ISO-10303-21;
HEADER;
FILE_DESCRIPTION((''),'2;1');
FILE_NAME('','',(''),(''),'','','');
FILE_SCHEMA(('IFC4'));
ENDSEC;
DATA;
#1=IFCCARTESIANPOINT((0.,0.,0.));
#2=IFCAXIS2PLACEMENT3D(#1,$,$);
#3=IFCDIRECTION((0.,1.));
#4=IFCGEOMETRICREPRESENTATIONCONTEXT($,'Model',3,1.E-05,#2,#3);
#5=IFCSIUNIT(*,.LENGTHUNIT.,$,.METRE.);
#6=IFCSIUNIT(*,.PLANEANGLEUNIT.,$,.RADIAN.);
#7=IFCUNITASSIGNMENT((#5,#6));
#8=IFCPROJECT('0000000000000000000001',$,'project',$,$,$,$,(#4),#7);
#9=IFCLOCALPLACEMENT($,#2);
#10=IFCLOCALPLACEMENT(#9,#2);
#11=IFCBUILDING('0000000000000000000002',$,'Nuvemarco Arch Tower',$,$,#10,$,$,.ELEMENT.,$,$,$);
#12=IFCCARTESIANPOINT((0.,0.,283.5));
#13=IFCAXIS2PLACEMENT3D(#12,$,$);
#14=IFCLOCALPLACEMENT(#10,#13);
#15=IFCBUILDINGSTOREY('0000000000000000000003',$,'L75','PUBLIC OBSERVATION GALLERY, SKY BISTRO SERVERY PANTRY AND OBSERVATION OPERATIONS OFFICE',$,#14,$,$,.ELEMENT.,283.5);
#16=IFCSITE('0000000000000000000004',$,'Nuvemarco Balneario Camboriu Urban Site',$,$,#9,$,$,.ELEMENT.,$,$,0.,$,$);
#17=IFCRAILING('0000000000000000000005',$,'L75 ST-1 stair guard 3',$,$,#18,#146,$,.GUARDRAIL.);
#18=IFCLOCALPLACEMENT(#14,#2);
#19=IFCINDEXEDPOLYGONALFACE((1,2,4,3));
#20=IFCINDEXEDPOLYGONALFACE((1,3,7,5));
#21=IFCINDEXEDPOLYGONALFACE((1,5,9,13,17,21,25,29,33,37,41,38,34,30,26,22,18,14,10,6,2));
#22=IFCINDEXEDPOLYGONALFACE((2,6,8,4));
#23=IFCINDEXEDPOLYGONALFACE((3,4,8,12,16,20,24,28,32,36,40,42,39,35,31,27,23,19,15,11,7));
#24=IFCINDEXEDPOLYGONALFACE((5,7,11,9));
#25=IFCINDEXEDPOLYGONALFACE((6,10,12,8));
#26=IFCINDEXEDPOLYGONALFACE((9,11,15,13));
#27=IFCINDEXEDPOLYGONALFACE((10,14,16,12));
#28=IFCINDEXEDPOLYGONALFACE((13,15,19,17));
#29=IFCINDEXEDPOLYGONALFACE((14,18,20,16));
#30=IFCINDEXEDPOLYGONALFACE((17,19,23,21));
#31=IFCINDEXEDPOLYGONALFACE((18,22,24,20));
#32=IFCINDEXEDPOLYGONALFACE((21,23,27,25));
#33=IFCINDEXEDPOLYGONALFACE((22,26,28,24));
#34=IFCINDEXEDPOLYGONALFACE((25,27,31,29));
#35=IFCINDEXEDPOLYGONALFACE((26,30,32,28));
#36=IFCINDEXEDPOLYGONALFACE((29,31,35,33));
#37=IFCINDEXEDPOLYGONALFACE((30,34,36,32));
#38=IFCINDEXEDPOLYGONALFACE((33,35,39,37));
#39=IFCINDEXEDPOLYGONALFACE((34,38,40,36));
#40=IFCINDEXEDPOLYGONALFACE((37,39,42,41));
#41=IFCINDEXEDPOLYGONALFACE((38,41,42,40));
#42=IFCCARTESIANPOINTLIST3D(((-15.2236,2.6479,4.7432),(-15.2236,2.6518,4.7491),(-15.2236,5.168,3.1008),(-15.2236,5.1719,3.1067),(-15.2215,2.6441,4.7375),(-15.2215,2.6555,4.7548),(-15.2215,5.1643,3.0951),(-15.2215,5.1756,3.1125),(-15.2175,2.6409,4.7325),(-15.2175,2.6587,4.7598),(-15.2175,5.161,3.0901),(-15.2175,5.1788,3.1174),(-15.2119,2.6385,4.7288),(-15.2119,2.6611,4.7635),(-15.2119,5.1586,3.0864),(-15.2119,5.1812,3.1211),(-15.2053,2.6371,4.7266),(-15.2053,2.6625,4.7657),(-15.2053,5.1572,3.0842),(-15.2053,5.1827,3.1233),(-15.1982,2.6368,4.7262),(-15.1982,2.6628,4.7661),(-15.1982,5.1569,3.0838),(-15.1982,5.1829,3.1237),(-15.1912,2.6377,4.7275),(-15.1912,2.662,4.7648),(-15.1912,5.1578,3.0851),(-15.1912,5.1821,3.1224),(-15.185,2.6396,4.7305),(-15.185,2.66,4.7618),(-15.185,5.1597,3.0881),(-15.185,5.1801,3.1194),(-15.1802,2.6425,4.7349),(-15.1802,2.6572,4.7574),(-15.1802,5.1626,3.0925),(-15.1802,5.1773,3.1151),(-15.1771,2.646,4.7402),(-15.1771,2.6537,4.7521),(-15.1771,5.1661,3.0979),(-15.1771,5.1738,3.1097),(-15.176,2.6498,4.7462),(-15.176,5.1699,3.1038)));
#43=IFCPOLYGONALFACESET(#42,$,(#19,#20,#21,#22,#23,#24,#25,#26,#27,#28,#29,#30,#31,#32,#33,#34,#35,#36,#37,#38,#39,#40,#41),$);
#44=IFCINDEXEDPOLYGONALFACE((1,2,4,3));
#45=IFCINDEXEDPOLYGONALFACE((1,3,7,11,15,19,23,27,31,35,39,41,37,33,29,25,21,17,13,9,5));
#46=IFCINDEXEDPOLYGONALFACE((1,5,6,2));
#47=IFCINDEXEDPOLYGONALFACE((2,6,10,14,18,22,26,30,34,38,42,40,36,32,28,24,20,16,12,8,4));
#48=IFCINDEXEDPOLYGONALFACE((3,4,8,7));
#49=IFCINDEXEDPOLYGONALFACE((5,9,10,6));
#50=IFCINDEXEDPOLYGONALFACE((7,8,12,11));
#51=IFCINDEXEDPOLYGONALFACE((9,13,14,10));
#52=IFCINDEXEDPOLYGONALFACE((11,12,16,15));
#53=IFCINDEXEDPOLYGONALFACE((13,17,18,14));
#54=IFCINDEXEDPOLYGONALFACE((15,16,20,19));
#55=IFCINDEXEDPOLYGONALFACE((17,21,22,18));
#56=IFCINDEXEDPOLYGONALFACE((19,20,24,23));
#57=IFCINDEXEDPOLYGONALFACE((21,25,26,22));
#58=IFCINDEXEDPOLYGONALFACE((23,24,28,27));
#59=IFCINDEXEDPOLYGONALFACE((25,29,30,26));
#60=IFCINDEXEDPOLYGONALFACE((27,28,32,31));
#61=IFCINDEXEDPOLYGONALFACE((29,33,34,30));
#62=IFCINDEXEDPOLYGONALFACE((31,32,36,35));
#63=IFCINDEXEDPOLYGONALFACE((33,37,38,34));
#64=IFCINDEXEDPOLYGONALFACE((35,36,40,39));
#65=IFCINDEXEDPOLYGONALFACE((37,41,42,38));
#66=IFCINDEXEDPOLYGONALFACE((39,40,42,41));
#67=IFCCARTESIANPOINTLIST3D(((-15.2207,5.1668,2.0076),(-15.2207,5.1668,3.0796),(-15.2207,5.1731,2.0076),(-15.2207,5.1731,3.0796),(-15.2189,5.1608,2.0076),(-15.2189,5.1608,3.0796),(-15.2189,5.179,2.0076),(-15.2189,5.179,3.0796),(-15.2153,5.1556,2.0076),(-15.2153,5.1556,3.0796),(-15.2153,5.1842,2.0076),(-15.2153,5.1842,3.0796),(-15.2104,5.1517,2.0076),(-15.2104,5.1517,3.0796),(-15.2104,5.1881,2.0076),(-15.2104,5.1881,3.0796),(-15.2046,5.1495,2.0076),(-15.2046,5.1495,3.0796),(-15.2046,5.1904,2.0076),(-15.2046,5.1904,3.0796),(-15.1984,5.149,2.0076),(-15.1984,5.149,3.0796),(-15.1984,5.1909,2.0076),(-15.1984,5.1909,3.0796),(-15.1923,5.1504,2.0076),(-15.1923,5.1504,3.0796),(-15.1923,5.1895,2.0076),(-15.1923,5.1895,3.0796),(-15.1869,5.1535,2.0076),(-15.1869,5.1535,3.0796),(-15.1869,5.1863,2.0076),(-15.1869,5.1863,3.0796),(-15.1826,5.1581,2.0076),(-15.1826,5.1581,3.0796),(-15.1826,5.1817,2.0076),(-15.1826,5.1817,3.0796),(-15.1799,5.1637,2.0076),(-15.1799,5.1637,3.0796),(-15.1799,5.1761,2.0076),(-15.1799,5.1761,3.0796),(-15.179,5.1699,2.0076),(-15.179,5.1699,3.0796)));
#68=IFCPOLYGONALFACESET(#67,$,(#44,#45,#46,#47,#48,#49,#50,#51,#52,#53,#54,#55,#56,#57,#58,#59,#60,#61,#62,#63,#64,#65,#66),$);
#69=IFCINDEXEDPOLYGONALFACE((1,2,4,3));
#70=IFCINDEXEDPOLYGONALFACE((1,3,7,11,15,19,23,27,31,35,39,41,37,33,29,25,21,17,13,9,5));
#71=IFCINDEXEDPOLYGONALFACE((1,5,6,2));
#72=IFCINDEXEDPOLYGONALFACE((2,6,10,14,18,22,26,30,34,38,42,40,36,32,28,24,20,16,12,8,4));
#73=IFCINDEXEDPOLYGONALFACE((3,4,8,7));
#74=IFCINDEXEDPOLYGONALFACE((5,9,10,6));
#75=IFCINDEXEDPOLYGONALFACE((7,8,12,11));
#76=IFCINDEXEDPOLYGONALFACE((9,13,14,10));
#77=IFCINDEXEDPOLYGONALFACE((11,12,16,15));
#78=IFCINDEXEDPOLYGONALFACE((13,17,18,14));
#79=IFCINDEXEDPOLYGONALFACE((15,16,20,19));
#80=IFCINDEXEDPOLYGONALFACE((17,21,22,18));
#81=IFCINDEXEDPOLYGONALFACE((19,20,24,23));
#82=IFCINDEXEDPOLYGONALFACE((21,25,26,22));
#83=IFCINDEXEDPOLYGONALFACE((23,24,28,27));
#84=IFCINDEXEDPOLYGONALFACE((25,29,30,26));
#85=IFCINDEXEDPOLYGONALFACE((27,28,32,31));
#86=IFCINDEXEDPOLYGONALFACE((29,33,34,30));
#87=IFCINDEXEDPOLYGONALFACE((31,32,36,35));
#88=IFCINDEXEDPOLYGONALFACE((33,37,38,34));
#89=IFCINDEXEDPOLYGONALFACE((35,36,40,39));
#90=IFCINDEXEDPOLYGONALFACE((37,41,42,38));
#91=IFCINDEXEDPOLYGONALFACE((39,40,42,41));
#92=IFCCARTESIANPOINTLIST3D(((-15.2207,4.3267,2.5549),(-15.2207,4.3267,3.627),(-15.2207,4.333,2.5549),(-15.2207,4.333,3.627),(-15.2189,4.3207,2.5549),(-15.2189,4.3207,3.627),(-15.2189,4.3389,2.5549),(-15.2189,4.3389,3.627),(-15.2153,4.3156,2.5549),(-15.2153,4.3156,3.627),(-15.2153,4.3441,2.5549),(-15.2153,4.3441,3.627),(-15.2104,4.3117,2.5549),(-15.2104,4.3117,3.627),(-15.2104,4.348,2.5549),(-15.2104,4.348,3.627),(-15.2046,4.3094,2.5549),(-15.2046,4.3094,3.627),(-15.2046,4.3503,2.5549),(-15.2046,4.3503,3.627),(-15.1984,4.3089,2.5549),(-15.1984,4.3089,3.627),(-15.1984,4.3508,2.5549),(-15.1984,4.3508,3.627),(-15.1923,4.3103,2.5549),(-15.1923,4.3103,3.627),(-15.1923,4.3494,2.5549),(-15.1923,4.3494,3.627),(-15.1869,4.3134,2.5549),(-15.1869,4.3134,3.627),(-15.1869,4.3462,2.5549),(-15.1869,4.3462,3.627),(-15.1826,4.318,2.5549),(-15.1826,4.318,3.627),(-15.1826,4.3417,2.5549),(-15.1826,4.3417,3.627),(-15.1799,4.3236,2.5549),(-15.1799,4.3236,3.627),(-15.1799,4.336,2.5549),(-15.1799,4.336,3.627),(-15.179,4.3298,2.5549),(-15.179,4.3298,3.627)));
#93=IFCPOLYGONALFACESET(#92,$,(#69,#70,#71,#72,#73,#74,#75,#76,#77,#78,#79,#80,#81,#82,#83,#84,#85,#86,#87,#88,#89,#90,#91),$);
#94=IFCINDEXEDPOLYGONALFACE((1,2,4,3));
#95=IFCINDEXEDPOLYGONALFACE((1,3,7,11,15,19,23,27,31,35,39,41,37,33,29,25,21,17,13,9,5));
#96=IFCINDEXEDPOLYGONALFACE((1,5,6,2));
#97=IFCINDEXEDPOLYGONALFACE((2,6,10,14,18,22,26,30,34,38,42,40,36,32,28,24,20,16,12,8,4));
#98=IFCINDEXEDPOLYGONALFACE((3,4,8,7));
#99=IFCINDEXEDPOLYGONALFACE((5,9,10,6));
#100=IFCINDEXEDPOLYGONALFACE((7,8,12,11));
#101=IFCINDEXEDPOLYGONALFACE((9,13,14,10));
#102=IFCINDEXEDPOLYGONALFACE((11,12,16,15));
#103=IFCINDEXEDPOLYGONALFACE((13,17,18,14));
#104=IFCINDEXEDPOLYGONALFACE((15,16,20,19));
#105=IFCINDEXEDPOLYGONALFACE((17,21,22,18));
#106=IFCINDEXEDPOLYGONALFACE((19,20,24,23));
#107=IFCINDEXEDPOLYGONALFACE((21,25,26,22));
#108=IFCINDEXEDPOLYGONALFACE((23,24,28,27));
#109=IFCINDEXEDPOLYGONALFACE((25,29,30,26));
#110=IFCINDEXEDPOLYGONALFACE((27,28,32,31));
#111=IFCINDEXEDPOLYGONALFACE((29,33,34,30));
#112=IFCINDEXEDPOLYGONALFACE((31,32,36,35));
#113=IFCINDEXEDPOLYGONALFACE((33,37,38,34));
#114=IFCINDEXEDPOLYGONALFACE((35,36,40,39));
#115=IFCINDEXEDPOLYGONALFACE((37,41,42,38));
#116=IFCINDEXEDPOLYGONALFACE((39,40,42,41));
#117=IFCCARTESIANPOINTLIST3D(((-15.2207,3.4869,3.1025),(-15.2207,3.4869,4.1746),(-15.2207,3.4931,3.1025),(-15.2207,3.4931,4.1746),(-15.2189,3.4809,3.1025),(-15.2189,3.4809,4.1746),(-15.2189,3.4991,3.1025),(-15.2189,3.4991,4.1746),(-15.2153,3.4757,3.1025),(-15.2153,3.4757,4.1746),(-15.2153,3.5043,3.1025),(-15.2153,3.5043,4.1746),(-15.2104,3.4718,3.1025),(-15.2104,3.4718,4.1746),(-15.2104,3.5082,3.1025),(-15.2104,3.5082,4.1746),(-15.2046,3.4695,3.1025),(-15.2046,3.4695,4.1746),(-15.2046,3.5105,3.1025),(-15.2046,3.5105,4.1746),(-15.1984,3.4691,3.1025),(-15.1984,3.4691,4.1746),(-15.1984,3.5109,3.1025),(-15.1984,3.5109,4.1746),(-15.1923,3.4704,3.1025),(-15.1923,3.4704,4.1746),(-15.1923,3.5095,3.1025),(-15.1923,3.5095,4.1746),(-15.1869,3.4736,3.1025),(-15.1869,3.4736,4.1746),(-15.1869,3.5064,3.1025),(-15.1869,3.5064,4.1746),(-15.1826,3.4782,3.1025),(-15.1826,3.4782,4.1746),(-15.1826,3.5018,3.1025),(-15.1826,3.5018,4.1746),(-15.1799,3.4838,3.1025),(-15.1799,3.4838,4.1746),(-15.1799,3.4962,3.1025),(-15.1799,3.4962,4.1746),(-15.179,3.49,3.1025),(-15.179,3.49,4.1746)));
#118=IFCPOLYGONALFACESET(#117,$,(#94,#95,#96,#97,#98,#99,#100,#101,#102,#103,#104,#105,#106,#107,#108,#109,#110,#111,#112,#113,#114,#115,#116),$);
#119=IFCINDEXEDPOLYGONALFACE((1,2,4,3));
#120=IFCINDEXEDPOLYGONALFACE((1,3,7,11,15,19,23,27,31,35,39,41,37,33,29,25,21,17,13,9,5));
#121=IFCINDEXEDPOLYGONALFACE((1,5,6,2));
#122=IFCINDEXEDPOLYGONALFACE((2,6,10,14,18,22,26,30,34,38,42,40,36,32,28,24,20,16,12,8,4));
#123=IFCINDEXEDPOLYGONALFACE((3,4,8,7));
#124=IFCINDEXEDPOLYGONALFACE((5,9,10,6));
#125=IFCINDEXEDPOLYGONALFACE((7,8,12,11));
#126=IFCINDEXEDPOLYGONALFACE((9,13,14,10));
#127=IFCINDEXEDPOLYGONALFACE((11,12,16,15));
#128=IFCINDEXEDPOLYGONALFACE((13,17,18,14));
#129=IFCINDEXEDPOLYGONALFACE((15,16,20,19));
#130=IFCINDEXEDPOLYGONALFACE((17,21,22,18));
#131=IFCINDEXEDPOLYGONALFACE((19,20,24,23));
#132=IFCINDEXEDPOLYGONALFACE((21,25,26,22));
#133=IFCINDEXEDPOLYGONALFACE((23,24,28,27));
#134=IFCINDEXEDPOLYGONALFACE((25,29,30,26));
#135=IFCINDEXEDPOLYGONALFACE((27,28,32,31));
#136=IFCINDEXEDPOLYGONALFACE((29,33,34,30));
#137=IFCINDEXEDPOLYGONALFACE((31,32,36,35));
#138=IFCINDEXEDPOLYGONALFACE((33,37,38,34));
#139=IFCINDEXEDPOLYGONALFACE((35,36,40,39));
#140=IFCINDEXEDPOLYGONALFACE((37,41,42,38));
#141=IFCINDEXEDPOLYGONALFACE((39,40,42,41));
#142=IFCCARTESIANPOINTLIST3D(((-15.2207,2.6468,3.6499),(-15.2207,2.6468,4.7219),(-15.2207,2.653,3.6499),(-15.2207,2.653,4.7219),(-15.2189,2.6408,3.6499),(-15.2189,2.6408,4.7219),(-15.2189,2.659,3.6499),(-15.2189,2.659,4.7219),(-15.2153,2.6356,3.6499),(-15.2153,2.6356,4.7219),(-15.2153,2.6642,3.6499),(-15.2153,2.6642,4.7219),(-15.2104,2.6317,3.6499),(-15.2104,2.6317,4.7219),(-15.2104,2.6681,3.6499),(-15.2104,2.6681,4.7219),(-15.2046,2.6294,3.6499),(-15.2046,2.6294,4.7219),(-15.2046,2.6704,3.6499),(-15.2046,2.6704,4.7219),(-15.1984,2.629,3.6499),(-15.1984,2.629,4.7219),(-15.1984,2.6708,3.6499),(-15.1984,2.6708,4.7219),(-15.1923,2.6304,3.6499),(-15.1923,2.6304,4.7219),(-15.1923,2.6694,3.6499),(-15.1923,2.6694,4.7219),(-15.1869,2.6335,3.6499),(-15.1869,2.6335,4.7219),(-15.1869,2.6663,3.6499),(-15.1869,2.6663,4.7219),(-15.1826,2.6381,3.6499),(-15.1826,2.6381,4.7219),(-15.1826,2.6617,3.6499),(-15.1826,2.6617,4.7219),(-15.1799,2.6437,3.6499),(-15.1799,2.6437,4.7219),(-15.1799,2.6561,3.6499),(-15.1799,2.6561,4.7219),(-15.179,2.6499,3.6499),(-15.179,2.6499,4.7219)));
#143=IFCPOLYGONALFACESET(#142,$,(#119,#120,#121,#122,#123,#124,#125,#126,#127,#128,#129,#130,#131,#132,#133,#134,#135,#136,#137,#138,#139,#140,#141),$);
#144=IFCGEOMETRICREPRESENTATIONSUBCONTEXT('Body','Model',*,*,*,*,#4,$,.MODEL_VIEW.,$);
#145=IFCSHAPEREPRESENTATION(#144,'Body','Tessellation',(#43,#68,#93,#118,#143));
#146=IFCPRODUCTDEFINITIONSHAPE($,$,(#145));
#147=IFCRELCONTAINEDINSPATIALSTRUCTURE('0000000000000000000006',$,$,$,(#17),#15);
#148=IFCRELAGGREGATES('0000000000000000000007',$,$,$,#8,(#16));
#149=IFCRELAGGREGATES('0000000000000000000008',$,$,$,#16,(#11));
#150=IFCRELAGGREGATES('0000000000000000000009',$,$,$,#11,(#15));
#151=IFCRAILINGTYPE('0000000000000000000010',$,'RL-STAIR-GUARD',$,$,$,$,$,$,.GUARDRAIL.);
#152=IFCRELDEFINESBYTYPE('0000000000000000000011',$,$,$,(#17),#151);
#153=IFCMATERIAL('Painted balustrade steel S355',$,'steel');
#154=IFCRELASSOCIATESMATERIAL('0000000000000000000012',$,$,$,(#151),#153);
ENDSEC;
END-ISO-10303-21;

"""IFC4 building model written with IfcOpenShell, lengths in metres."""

from ifc_helpers import new_model, si_unit, direction, frame, origin, origin_2d, place, context, subcontext, project, spatial, circle, extrude, material, type_object, element, save


model = new_model("IFC4")

# Units and contexts
model_context = context("Model", 3, precision=1e-05, world=origin(), true_north=direction((0.0, 1.0)))
body_context = subcontext(model_context, "Body", "Model", "MODEL_VIEW")
ifc_project = project(units=[si_unit("LENGTHUNIT", "METRE"), si_unit("PLANEANGLEUNIT", "RADIAN")], contexts=[model_context])

# Site, building, storey
site_placement = place(None, origin())
site = spatial("IfcSite", under=ifc_project, at=site_placement, Name="Nuvemarco Balneario Camboriu Urban Site", CompositionType="ELEMENT", RefElevation=0.0)
building_placement = place(site_placement, origin())
building = spatial("IfcBuilding", under=site, at=building_placement, Name="Nuvemarco Arch Tower", CompositionType="ELEMENT")
storey_placement = place(building_placement, frame((0.0, 0.0, 283.5)))
storey = spatial("IfcBuildingStorey", under=building, at=storey_placement, Name="L75", Description="PUBLIC OBSERVATION GALLERY, SKY BISTRO SERVERY PANTRY AND OBSERVATION OPERATIONS OFFICE", CompositionType="ELEMENT", Elevation=283.5)

# Railing
ifc_material_1 = material(Name="Painted balustrade steel S355", Category="steel")
railing_type_1 = type_object("IfcRailingType", Name="RL-STAIR-GUARD", PredefinedType="GUARDRAIL", material=ifc_material_1)
railing_1_placement = place(storey_placement, frame((-15.2, 5.1699, 2.0076)))
element("IfcRailing", 1, at=railing_1_placement, inside=storey, type_object=railing_type_1, Name="L75 ST-1 stair guard 3", PredefinedType="GUARDRAIL", context=body_context, shape_type="SweptSolid", body=[
    extrude(circle(Radius=0.0239, at=origin_2d()), frame((0.0, 0.0, 1.0962), z_axis=(0.0, -0.837787, 0.545998), x_axis=(1.0, 0.0, 0.0)), (0.0, 0.0, 1.0), 3.0081),
    extrude(circle(Radius=0.021, at=origin_2d()), origin(), (0.0, 0.0, 1.0), 1.072),
    extrude(circle(Radius=0.021, at=origin_2d()), frame((0.0, -0.8401, 0.5474)), (0.0, 0.0, 1.0), 1.072),
    extrude(circle(Radius=0.021, at=origin_2d()), frame((0.0, -1.6799, 1.095)), (0.0, 0.0, 1.0), 1.072),
    extrude(circle(Radius=0.021, at=origin_2d()), frame((0.0, -2.52, 1.6423)), (0.0, 0.0, 1.0), 1.072),
])

save(model, "model.ifc")
